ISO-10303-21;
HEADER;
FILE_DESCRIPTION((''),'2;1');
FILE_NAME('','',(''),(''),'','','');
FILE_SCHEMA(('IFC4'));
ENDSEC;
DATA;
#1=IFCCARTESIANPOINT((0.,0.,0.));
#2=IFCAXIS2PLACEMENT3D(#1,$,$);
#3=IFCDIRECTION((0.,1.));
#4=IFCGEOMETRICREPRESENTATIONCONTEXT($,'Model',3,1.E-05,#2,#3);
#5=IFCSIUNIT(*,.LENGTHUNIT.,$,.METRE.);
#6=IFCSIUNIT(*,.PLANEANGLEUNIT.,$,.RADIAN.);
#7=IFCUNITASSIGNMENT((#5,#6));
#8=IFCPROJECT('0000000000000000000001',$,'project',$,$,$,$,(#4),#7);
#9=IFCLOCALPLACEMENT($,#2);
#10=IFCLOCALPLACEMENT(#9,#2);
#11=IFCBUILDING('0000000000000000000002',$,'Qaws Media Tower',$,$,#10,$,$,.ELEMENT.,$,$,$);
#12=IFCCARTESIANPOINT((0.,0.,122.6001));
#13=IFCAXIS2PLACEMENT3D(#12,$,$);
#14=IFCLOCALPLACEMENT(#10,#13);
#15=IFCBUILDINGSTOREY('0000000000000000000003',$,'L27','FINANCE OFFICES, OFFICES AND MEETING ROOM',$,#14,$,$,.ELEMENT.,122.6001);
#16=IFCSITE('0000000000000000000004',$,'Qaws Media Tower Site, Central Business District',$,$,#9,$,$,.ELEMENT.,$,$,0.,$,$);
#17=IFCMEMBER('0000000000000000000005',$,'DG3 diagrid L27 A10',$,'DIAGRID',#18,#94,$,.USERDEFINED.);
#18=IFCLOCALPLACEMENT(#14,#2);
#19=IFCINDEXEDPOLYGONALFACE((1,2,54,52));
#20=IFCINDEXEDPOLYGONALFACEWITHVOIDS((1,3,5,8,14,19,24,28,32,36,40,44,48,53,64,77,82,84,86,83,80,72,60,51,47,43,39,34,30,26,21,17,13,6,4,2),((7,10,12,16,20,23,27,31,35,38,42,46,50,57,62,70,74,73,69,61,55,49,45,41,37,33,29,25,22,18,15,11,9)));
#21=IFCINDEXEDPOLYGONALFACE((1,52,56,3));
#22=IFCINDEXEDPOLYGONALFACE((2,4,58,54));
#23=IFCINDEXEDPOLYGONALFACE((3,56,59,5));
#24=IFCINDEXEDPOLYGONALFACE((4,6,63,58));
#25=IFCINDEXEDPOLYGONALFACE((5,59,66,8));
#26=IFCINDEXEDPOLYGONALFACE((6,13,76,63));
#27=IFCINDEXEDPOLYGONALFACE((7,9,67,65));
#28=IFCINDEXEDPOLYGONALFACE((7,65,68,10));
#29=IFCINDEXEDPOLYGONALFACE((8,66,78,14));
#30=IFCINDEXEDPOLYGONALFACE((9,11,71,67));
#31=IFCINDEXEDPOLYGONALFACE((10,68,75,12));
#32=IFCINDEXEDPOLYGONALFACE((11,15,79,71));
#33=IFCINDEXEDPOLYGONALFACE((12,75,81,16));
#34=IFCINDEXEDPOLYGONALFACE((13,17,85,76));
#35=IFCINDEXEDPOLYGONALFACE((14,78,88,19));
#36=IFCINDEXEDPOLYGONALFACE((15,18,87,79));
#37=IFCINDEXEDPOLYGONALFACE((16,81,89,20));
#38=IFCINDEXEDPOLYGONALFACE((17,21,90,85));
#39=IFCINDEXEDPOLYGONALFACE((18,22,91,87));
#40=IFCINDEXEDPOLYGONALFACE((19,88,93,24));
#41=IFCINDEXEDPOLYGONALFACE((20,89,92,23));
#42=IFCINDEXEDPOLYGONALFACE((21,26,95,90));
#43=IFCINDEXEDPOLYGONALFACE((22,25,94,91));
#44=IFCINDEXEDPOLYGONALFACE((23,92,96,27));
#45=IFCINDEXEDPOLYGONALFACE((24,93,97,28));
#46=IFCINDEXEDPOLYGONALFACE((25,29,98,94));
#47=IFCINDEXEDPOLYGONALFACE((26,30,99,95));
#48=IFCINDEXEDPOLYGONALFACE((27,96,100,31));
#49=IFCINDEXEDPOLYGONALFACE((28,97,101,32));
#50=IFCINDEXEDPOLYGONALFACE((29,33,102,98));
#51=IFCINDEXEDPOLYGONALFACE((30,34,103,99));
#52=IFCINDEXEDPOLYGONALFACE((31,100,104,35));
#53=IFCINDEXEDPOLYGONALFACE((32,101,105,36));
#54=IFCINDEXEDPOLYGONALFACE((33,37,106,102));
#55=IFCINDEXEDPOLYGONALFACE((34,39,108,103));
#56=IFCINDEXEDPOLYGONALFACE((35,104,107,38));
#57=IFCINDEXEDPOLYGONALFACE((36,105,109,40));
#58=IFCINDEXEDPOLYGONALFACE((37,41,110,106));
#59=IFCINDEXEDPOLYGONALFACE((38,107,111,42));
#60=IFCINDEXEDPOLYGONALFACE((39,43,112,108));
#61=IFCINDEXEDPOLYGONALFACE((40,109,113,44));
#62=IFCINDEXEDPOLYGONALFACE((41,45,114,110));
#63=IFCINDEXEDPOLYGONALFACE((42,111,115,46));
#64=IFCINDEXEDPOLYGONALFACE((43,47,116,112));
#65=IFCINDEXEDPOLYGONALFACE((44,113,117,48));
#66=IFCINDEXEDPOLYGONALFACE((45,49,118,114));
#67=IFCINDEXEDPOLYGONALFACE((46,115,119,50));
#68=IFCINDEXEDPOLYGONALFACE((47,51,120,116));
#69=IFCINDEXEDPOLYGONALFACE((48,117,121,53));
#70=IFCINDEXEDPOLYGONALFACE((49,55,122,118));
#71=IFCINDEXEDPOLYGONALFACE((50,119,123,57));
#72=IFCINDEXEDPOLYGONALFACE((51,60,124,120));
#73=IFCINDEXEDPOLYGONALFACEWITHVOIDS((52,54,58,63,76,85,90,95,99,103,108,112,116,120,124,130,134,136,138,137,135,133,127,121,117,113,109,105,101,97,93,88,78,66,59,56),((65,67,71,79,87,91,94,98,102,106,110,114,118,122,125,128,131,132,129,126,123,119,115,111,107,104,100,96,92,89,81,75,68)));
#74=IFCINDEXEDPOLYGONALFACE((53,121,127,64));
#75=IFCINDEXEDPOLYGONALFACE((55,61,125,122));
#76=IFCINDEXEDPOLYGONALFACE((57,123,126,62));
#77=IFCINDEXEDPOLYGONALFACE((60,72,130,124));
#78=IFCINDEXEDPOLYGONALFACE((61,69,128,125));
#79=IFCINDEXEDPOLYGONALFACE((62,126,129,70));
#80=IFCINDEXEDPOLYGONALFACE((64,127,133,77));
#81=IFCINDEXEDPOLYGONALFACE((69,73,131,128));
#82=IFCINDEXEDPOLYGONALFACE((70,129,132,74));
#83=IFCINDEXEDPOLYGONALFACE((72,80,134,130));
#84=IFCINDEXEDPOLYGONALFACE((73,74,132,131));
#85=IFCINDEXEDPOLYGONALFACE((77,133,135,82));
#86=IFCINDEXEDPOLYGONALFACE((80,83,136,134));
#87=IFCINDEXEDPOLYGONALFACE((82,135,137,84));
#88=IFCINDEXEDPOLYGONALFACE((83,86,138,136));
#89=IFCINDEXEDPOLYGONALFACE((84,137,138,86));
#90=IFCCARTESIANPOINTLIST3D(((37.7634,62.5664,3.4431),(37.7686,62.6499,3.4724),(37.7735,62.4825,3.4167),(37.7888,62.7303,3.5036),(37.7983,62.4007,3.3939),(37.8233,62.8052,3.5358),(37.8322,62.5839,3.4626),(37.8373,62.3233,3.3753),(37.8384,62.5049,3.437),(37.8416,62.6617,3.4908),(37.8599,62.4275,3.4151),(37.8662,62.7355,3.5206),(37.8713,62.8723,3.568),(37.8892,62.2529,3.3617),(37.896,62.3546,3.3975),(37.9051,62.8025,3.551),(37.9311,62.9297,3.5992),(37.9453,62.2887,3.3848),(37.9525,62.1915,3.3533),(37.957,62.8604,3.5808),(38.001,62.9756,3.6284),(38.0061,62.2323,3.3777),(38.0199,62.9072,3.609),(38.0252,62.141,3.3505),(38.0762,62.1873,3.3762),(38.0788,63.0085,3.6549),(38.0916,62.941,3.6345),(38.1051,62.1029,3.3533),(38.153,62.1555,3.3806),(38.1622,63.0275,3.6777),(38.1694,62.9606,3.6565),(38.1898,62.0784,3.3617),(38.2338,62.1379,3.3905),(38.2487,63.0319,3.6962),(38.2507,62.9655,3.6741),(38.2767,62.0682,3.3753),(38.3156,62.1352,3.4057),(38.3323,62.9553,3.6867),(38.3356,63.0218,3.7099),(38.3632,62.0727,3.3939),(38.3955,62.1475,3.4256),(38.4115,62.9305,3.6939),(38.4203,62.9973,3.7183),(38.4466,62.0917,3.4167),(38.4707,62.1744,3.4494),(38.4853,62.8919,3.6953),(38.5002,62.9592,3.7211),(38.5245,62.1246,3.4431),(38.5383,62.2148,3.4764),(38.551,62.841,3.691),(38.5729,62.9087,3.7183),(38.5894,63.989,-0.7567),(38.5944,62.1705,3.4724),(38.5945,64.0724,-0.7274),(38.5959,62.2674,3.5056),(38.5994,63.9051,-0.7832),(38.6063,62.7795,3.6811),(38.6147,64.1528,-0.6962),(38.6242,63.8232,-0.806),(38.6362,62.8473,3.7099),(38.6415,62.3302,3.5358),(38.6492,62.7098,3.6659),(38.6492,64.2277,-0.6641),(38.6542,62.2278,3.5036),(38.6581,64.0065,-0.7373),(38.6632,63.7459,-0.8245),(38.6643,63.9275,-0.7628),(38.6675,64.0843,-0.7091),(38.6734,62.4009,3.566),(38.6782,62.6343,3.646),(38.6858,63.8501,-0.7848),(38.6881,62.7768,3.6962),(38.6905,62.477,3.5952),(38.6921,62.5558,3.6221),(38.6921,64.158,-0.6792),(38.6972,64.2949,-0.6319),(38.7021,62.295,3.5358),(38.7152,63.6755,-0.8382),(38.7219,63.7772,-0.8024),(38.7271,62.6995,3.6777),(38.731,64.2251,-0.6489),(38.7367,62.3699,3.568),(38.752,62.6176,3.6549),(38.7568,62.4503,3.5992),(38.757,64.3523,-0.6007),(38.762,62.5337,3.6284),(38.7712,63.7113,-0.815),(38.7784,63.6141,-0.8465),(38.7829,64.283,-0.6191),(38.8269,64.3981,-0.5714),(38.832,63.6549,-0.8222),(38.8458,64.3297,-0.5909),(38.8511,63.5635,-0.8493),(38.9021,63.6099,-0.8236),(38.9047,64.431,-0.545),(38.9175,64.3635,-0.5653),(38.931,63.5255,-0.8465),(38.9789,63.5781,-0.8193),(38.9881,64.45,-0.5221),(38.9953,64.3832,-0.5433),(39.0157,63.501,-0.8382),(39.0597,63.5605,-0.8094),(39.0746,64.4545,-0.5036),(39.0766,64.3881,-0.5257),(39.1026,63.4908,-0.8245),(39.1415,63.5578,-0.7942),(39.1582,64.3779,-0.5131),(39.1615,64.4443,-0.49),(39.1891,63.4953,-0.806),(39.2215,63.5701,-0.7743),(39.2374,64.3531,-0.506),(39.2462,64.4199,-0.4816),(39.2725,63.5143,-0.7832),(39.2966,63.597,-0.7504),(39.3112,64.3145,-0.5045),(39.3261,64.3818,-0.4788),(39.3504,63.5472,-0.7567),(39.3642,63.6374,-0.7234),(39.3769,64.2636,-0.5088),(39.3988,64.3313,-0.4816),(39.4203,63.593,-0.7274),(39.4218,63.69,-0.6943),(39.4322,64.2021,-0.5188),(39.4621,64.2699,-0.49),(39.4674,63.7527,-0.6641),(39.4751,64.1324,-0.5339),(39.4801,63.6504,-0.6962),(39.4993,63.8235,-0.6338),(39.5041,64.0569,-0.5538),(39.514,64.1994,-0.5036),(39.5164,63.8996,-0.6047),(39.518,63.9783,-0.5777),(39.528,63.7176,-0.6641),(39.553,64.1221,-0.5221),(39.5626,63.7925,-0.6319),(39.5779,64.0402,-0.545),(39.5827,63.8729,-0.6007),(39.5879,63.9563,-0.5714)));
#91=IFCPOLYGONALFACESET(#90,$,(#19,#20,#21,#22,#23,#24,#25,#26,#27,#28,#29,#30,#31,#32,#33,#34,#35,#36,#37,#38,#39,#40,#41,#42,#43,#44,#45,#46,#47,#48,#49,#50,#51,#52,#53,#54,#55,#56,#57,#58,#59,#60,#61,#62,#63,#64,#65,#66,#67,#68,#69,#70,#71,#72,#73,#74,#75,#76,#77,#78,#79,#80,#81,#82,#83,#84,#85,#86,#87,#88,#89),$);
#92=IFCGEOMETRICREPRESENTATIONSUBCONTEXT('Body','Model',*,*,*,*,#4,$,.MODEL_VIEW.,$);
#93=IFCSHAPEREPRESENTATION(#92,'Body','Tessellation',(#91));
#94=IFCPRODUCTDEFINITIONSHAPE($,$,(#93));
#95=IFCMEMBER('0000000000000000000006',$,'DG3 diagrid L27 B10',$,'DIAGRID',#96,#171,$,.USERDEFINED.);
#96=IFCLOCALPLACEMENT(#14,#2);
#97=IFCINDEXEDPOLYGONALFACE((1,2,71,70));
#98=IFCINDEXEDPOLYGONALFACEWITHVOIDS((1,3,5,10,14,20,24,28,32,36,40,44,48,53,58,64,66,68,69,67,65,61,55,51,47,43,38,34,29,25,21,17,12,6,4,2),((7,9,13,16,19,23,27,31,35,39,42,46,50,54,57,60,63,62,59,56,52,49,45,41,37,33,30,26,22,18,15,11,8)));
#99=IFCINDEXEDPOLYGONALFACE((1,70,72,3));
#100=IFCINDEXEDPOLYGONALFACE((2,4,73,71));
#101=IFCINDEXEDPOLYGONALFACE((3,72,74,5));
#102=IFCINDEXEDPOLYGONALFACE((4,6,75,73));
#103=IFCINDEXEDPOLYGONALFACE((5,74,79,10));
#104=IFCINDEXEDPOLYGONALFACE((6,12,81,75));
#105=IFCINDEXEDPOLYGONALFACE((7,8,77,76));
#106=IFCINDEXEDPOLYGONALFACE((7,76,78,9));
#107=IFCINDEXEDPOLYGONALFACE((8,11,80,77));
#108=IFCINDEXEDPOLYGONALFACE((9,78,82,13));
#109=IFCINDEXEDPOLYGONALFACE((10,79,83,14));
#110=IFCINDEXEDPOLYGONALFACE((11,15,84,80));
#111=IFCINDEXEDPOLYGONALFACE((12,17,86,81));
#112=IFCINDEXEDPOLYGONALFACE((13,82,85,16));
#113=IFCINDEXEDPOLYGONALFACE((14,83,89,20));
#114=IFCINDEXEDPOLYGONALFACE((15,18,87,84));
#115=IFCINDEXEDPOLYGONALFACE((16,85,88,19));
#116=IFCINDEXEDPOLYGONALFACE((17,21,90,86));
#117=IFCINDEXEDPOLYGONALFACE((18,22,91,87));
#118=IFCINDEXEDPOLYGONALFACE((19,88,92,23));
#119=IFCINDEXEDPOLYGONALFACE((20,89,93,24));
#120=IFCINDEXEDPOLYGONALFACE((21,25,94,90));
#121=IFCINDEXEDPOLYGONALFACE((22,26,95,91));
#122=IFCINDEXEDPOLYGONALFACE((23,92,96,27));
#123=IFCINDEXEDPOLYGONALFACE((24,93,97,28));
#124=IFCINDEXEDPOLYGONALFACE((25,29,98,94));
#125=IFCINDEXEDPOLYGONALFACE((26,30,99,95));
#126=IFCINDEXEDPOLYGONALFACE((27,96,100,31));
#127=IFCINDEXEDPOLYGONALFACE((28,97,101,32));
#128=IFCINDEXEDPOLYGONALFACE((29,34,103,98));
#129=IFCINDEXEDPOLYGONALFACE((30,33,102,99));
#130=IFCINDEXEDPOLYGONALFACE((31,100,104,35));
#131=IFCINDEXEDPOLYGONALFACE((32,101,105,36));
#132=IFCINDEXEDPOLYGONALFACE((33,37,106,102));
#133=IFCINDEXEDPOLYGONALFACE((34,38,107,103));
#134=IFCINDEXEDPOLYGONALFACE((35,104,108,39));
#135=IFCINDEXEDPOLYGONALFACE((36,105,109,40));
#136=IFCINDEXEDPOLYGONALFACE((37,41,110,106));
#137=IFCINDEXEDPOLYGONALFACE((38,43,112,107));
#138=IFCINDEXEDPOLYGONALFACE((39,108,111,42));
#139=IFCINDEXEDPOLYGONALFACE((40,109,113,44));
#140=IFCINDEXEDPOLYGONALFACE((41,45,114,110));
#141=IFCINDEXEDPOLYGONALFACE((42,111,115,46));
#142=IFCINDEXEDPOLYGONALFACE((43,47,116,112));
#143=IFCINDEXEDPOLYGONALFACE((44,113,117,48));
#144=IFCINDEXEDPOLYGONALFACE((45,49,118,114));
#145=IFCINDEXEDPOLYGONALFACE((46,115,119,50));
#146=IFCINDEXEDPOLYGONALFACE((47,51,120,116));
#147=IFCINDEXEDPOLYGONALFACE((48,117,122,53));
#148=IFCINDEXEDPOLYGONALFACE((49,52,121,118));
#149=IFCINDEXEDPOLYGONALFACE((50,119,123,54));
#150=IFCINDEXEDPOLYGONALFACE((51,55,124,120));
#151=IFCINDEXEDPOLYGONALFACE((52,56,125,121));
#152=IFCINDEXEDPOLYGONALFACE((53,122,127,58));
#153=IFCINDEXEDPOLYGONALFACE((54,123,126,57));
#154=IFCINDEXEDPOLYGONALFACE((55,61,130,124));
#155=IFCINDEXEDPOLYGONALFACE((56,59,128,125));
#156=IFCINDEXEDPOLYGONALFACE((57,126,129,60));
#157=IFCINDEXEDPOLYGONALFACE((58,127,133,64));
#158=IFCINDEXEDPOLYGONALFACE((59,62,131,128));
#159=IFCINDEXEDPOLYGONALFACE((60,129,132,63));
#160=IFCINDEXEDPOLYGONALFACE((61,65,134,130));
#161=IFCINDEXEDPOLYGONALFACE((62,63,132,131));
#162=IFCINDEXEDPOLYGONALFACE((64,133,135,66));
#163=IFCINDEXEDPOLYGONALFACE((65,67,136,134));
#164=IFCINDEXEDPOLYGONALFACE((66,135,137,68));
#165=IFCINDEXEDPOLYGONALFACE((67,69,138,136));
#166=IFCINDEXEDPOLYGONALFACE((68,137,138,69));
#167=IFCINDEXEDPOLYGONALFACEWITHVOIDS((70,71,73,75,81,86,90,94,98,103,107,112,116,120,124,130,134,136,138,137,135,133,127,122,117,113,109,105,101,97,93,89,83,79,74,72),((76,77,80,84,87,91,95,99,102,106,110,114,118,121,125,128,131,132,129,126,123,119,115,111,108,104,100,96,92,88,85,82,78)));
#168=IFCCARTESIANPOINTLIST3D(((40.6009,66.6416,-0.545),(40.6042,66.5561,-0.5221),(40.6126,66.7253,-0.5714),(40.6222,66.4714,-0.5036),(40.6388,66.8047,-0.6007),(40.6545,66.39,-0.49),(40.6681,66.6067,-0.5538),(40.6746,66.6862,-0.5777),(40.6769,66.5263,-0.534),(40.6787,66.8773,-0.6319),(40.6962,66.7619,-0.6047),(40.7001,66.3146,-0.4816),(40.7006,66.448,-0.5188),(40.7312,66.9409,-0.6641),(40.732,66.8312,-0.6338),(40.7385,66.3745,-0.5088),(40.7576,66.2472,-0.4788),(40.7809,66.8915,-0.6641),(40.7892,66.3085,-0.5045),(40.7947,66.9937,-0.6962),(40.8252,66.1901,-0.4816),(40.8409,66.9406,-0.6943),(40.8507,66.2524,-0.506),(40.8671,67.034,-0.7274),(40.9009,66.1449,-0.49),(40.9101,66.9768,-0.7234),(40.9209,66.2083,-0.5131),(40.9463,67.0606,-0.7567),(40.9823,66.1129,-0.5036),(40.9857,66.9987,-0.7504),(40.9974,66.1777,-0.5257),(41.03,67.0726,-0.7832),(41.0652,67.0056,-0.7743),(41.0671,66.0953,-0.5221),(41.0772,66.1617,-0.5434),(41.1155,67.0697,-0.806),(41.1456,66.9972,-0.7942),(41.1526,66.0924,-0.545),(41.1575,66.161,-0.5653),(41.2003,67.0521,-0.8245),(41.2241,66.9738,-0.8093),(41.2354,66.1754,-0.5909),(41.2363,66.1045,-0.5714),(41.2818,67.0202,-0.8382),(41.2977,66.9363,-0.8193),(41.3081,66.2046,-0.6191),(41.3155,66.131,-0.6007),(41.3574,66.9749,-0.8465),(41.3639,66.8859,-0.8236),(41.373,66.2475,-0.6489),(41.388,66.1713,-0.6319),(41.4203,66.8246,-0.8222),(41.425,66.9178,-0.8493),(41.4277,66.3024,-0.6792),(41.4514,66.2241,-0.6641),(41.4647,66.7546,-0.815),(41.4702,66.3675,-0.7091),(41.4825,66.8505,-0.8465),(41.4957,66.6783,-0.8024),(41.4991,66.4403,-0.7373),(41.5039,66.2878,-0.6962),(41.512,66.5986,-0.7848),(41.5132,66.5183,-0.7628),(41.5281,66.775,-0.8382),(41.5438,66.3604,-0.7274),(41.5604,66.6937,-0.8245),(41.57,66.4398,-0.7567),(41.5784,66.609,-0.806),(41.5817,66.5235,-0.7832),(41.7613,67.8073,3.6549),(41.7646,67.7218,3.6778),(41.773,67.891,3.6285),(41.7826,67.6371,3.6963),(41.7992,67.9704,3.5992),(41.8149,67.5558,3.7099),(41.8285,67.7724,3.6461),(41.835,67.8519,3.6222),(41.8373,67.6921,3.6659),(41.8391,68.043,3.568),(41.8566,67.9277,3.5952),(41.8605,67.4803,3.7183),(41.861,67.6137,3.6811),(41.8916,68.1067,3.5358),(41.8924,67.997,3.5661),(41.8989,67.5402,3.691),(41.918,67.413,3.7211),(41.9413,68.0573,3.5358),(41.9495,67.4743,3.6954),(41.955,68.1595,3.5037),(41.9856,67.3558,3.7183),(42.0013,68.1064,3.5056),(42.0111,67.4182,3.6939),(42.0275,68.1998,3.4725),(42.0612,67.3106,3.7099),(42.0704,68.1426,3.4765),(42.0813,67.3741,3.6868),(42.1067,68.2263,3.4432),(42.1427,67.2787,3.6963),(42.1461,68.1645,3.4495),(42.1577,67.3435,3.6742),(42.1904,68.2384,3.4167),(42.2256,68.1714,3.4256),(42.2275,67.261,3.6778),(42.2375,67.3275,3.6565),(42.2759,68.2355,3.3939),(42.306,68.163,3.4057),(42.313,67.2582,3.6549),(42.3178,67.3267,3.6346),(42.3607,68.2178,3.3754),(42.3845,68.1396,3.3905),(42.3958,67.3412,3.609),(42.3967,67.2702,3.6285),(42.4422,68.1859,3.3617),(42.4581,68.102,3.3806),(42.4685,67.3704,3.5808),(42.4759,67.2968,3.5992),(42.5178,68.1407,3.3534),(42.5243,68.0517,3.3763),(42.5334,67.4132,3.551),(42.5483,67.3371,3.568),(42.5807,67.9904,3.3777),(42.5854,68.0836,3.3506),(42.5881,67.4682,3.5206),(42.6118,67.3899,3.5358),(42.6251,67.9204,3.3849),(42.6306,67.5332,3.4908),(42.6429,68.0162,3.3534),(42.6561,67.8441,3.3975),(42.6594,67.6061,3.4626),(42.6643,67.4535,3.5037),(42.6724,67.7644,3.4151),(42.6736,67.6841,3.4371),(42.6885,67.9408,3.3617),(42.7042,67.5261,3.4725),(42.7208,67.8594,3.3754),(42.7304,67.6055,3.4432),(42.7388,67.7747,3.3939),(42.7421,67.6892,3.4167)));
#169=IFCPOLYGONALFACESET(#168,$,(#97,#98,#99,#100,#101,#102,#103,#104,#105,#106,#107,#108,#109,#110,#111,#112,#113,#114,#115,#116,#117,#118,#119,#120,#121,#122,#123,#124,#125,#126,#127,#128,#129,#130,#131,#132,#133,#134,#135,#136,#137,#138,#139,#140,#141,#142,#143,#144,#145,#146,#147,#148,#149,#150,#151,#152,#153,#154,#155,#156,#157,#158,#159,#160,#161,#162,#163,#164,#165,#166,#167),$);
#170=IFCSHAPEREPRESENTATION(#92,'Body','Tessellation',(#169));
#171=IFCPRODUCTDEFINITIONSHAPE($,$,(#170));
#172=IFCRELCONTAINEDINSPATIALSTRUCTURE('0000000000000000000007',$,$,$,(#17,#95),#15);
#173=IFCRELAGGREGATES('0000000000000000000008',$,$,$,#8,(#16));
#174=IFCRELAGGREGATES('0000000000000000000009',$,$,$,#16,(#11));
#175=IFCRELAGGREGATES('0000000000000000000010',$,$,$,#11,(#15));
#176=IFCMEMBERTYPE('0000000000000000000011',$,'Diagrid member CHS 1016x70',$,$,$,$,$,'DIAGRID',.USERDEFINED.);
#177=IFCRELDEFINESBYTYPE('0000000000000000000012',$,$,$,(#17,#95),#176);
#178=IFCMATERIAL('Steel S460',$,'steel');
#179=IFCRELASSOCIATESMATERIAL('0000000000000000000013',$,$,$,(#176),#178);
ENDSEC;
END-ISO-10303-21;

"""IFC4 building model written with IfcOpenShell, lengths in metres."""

from ifc_helpers import new_model, si_unit, direction, frame, origin, origin_2d, place, context, subcontext, project, spatial, hollow_circle, extrude, material, material_profile, profile_set, type_object, element, save


model = new_model("IFC4")

# Units and contexts
model_context = context("Model", 3, precision=1e-05, world=origin(), true_north=direction((0.0, 1.0)))
body_context = subcontext(model_context, "Body", "Model", "MODEL_VIEW")
ifc_project = project(units=[si_unit("LENGTHUNIT", "METRE"), si_unit("PLANEANGLEUNIT", "RADIAN")], contexts=[model_context])

# Site, building, storey
site_placement = place(None, origin())
site = spatial("IfcSite", under=ifc_project, at=site_placement, Name="Qaws Media Tower Site, Central Business District", CompositionType="ELEMENT", RefElevation=0.0)
building_placement = place(site_placement, origin())
building = spatial("IfcBuilding", under=site, at=building_placement, Name="Qaws Media Tower", CompositionType="ELEMENT")
storey_placement = place(building_placement, frame((0.0, 0.0, 122.6001)))
storey = spatial("IfcBuildingStorey", under=building, at=storey_placement, Name="L27", Description="FINANCE OFFICES, OFFICES AND MEETING ROOM", CompositionType="ELEMENT", Elevation=122.6001)

# Members
ifc_material_1 = material(Name="Steel S460", Category="steel")
ifc_material_profile_1 = material_profile(ifc_material_1, hollow_circle(Radius=0.5081, WallThickness=0.0701, at=origin_2d()), Name="CHS 1016x70")
ifc_profile_set_1 = profile_set([ifc_material_profile_1], Name="Steel S460")
member_type_1 = type_object("IfcMemberType", Name="Diagrid member CHS 1016x70", ElementType="DIAGRID", PredefinedType="USERDEFINED", material=ifc_profile_set_1)
for number, where, z_axis, x_axis, name in (
    (1, (39.0886, 63.9727, -0.6641), (-0.183108, -0.315392, 0.931128), (0.864816, -0.502089, 0.0), "DG3 diagrid L27 A10"),
    (2, (41.0913, 66.5825, -0.6641), (0.257263, 0.258454, 0.931138), (-0.708738, 0.705472, 0.0), "DG3 diagrid L27 B10"),
):
    element("IfcMember", number, at=place(storey_placement, frame(where, z_axis=z_axis, x_axis=x_axis)), inside=storey, type_object=member_type_1, Name=name, ObjectType="DIAGRID", PredefinedType="USERDEFINED", context=body_context, shape_type="SweptSolid", body=[
        extrude(hollow_circle(Radius=0.5081, WallThickness=0.0701, at=origin_2d()), origin(), (0.0, 0.0, 1.0), 4.5105),
    ])

save(model, "model.ifc")
